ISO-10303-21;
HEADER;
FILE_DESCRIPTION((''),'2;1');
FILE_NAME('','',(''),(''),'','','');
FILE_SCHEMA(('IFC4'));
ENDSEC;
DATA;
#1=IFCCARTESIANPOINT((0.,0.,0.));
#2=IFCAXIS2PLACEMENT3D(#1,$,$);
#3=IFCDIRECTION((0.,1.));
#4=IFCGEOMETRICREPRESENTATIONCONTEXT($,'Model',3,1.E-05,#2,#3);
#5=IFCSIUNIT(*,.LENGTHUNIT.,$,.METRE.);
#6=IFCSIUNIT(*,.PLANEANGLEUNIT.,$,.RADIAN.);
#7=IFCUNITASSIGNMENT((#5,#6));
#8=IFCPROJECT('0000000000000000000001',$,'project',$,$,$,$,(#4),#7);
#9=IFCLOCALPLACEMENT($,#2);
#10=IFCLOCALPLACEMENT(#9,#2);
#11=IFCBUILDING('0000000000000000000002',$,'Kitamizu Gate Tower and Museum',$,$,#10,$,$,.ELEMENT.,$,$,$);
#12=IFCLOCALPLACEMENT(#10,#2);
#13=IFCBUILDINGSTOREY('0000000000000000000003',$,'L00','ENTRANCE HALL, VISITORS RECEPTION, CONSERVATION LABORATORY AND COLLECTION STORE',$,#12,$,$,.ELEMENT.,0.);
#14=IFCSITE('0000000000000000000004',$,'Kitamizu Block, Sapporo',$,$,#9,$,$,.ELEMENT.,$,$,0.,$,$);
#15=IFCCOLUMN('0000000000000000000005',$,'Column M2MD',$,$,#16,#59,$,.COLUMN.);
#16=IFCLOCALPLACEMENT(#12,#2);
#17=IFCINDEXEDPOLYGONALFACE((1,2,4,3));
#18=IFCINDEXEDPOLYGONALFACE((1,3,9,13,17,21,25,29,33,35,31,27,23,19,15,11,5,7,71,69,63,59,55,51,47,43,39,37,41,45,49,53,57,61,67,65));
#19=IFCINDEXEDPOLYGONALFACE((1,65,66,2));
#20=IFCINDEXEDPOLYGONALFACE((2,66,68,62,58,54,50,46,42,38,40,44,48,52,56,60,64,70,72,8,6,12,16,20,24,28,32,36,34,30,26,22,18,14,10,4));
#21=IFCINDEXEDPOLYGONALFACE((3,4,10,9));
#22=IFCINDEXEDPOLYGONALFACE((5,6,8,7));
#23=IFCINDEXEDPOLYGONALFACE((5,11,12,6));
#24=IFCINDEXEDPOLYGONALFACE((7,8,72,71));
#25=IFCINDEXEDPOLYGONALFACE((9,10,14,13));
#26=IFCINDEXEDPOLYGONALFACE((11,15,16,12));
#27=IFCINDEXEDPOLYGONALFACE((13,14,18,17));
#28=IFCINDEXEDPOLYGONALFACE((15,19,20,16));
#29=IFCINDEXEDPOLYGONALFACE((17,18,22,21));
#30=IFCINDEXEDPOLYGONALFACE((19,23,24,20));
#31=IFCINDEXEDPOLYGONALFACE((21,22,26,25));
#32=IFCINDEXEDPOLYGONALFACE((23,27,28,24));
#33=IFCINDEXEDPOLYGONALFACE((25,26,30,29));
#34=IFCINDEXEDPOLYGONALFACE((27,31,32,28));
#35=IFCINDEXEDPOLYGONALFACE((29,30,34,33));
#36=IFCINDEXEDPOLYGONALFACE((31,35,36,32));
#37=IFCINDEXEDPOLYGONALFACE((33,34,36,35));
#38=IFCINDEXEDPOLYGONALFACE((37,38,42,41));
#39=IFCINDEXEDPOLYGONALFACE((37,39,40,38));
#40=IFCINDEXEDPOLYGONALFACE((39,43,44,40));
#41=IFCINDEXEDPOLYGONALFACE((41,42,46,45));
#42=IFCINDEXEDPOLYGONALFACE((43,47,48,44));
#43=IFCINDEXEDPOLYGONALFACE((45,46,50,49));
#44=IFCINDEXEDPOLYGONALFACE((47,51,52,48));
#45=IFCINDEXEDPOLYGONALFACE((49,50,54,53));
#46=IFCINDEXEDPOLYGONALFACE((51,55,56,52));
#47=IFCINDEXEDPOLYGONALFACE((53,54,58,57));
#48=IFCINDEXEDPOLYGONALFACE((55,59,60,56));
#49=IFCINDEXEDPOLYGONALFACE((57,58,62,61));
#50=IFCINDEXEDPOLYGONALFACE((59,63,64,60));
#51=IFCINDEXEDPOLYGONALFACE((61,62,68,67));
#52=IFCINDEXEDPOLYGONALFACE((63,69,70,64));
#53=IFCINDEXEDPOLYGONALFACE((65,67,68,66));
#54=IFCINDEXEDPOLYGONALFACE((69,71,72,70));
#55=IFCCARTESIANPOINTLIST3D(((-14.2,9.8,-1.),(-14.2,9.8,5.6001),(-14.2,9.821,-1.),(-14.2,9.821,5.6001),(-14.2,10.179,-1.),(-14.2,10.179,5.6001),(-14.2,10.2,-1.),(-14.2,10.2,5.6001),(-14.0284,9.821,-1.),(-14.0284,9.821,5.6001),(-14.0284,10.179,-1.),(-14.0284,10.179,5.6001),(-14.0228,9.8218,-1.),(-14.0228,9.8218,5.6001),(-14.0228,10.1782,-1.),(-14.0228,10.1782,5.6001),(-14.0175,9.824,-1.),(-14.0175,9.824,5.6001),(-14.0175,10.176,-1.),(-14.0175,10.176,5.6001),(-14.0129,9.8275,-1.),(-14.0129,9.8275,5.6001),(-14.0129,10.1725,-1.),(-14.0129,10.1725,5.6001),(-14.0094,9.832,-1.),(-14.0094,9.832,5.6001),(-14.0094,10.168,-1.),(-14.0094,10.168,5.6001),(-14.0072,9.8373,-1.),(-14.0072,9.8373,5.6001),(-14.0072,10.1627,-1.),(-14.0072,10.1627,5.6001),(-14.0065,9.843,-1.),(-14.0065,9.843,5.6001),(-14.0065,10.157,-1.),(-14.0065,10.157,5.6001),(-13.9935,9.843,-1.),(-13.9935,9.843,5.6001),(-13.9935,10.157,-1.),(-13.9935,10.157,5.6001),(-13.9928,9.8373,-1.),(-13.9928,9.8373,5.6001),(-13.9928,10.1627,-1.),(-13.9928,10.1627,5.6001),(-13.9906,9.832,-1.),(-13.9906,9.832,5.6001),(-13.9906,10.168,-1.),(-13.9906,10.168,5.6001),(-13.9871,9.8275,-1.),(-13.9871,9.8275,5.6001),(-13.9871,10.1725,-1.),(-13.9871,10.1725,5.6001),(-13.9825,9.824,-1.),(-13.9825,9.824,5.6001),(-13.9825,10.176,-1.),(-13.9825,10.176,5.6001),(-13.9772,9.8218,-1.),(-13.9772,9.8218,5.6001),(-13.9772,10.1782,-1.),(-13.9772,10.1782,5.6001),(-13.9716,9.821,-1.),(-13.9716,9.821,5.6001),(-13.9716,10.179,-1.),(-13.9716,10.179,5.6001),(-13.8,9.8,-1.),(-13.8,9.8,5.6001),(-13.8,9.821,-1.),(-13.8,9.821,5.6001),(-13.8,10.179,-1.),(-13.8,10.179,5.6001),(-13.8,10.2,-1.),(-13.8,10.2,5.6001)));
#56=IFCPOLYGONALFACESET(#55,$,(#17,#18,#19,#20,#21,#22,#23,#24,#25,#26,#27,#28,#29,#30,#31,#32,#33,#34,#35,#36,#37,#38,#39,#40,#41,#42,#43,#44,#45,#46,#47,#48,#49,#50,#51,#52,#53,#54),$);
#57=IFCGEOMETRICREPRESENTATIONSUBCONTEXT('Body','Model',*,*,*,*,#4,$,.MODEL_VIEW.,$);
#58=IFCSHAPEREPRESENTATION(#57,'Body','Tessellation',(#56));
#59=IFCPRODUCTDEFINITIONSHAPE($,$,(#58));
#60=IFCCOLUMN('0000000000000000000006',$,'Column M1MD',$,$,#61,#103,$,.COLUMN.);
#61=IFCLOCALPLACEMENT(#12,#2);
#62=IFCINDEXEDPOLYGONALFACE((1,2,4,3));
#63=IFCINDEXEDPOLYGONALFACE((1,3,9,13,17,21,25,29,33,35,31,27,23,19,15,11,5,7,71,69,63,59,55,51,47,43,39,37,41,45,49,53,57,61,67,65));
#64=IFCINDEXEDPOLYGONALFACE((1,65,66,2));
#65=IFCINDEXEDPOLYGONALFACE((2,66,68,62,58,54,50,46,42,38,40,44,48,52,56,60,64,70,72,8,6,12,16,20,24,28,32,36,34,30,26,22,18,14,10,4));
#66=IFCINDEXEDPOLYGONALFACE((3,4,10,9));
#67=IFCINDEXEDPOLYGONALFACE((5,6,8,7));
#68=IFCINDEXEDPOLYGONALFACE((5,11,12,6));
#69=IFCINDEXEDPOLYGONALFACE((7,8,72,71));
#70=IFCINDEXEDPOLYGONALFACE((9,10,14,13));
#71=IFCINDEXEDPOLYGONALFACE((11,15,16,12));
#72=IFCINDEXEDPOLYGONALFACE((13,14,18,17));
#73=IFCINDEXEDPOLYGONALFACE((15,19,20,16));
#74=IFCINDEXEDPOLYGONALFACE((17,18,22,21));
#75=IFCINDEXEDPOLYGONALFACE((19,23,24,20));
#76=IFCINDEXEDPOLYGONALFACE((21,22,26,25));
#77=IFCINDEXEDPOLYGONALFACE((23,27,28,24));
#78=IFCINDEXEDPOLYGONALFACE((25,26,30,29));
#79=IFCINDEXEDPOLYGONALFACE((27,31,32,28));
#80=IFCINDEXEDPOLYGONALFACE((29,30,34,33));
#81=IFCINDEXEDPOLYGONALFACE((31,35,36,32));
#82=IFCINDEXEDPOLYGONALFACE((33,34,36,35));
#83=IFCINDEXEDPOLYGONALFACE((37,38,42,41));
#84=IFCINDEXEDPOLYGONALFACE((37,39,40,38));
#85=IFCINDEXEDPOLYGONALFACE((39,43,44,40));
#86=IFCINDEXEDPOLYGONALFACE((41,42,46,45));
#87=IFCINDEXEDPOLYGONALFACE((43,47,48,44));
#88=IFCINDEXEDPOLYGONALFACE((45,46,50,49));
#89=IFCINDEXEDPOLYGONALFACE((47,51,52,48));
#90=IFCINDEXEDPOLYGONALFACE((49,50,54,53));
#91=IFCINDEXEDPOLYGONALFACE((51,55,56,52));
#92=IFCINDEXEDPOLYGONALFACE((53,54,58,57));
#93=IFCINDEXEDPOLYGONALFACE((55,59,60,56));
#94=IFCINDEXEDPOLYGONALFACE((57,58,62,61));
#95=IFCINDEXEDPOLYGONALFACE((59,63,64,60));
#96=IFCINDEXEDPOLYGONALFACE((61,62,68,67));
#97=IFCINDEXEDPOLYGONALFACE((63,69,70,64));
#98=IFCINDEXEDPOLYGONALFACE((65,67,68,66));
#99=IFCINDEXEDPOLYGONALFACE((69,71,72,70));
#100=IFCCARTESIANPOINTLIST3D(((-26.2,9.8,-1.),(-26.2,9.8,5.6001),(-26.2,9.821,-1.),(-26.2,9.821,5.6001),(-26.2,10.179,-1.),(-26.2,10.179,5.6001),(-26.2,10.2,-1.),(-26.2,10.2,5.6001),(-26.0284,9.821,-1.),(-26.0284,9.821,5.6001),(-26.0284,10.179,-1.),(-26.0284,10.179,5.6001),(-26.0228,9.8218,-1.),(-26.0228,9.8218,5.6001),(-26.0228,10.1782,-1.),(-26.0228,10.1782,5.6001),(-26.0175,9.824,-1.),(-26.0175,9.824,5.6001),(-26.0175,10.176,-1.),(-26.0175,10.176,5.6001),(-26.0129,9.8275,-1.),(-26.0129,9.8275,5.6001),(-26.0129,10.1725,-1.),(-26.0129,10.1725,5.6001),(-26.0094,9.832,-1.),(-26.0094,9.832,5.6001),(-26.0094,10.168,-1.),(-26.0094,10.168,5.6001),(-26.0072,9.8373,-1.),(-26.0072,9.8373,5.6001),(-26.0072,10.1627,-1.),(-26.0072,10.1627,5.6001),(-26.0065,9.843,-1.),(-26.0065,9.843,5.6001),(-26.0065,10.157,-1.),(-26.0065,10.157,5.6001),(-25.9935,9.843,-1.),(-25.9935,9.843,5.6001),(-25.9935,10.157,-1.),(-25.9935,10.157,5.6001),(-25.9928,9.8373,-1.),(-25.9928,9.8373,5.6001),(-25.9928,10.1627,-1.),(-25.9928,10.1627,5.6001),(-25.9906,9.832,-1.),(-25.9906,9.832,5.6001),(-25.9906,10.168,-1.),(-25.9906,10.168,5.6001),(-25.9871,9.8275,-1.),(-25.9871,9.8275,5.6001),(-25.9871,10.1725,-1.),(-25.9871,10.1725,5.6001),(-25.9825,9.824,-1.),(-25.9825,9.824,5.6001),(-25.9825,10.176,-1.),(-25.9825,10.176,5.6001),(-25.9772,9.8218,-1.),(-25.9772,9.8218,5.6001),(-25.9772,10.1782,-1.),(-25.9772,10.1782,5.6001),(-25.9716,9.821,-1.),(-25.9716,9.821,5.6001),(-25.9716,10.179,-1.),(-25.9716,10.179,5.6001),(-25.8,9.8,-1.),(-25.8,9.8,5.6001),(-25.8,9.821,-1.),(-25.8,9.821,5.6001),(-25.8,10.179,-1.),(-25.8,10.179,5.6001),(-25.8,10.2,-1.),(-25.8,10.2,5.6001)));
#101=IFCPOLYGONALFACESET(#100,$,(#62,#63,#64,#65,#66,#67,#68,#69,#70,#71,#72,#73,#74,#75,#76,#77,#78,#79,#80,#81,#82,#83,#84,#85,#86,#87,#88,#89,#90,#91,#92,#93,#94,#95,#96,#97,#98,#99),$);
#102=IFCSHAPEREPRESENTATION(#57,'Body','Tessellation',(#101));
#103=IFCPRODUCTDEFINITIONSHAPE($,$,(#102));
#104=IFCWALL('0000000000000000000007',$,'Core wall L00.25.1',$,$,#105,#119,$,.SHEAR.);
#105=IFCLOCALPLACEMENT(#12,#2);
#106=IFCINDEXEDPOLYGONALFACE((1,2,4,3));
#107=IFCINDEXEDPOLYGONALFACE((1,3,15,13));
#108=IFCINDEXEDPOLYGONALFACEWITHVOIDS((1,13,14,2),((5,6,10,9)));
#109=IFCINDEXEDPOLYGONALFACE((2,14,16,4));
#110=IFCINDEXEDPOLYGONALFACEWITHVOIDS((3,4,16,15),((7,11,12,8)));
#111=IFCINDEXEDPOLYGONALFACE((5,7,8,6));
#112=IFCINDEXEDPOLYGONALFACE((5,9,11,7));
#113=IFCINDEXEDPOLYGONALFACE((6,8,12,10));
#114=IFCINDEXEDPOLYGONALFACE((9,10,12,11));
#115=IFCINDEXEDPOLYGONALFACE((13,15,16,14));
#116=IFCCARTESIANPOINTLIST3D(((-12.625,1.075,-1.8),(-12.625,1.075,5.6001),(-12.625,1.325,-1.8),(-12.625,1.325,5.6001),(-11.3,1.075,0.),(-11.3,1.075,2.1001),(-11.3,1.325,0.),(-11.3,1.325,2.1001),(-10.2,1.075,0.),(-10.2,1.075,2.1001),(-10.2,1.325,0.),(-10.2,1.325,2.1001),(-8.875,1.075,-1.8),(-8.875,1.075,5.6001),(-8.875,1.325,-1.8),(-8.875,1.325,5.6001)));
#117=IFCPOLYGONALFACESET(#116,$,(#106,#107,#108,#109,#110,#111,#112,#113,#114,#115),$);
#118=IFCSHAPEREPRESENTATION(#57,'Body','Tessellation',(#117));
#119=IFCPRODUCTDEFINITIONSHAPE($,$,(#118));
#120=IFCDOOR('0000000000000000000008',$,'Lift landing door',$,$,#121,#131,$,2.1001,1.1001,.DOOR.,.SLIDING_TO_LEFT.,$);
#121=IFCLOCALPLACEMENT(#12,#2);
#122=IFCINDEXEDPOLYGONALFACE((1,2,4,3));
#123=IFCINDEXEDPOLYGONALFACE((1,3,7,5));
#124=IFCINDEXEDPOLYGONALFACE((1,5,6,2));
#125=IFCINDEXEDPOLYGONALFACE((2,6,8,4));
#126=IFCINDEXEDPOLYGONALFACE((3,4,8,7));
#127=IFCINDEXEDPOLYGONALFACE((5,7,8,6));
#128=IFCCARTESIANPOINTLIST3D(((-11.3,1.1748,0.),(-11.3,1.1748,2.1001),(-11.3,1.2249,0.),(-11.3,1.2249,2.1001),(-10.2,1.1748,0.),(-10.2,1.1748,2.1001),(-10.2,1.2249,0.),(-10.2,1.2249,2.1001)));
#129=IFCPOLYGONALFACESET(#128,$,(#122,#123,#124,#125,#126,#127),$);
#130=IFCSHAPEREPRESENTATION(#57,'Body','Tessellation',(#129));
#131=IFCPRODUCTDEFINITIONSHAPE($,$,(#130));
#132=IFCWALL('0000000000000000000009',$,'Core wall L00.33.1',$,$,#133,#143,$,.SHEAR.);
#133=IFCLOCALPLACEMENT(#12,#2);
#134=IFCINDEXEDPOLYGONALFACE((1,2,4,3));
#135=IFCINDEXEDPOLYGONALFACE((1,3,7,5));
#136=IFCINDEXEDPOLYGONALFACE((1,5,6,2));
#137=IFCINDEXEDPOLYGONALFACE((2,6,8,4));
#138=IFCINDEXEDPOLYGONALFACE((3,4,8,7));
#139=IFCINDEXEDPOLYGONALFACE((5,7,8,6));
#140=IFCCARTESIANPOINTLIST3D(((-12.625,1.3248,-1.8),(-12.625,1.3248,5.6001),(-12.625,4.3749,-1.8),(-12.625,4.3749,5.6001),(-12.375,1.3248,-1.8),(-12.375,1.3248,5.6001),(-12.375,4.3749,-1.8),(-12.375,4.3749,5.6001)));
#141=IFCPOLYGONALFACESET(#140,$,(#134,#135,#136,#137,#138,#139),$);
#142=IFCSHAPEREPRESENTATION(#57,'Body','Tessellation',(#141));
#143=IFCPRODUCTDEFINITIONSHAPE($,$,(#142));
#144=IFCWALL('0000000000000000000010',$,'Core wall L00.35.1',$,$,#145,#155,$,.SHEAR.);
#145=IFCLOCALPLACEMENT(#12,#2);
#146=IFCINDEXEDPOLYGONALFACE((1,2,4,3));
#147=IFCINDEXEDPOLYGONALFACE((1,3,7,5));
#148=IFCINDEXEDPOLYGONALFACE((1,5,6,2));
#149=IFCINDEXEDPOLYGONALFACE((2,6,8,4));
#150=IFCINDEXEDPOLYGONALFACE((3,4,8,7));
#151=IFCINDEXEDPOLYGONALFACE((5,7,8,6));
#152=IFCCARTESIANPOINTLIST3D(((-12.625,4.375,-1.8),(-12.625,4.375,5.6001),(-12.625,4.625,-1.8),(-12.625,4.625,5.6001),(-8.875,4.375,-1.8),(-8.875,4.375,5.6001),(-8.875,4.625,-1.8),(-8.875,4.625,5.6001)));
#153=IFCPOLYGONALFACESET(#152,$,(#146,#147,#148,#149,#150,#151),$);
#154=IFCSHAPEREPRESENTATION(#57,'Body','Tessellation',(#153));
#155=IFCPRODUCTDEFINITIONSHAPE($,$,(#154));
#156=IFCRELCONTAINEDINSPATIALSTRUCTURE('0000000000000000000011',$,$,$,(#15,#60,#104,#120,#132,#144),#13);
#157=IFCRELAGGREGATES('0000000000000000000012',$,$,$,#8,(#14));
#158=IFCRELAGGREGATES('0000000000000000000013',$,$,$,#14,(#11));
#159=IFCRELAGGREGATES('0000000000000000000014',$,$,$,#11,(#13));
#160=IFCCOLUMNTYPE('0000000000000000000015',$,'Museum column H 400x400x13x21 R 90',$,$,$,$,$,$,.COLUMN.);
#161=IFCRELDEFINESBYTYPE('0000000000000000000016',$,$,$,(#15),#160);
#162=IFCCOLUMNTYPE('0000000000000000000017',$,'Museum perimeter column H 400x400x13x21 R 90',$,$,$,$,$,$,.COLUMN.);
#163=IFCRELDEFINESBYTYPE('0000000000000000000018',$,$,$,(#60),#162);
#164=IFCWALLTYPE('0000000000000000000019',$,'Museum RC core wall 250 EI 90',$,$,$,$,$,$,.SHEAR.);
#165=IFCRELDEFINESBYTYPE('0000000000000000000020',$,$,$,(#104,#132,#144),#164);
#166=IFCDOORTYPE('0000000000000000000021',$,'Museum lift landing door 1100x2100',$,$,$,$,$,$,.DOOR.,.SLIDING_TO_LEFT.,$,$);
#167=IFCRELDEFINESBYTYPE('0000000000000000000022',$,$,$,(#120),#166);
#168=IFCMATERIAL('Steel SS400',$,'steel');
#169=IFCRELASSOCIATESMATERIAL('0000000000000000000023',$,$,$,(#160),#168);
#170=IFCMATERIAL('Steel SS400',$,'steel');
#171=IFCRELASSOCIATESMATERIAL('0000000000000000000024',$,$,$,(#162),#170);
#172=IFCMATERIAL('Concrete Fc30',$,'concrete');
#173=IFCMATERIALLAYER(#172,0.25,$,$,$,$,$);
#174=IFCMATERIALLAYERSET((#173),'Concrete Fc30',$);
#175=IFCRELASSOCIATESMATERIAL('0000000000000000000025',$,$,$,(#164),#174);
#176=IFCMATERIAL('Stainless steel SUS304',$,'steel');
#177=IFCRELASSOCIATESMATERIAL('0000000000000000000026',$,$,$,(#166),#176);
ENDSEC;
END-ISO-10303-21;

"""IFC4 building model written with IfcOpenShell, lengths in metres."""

from ifc_helpers import new_model, si_unit, direction, frame, frame_2d, origin, origin_2d, place, context, subcontext, project, spatial, rectangle, i_section, extrude, material, layer, layer_set, material_profile, profile_set, type_object, element, fill, save


model = new_model("IFC4")

# Units and contexts
model_context = context("Model", 3, precision=1e-05, world=origin(), true_north=direction((0.0, 1.0)))
body_context = subcontext(model_context, "Body", "Model", "MODEL_VIEW")
ifc_project = project(units=[si_unit("LENGTHUNIT", "METRE"), si_unit("PLANEANGLEUNIT", "RADIAN")], contexts=[model_context])

# Site, building, storey
site_placement = place(None, origin())
site = spatial("IfcSite", under=ifc_project, at=site_placement, Name="Kitamizu Block, Sapporo", CompositionType="ELEMENT", RefElevation=0.0)
building_placement = place(site_placement, origin())
building = spatial("IfcBuilding", under=site, at=building_placement, Name="Kitamizu Gate Tower and Museum", CompositionType="ELEMENT")
storey_placement = place(building_placement, origin())
storey = spatial("IfcBuildingStorey", under=building, at=storey_placement, Name="L00", Description="ENTRANCE HALL, VISITORS RECEPTION, CONSERVATION LABORATORY AND COLLECTION STORE", CompositionType="ELEMENT", Elevation=0.0)

# Columns
ifc_material_1 = material(Name="Steel SS400", Category="steel")
ifc_material_profile_1 = material_profile(ifc_material_1, i_section(OverallWidth=0.3999, OverallDepth=0.3999, WebThickness=0.0129, FlangeThickness=0.021, FilletRadius=0.022, at=origin_2d()), Name="H-400x400x13x21")
ifc_profile_set_1 = profile_set([ifc_material_profile_1], Name="Steel SS400")
column_type_1 = type_object("IfcColumnType", Name="Museum column H 400x400x13x21 R 90", PredefinedType="COLUMN", material=ifc_profile_set_1)
column_1_placement = place(storey_placement, frame((-14.0, 10.0, -1.0), z_axis=(0.0, 0.0, 1.0), x_axis=(1.0, 0.0, 0.0)))
element("IfcColumn", 1, at=column_1_placement, inside=storey, type_object=column_type_1, Name="Column M2MD", PredefinedType="COLUMN", context=body_context, shape_type="SweptSolid", body=[
    extrude(i_section(OverallWidth=0.3999, OverallDepth=0.3999, WebThickness=0.0129, FlangeThickness=0.021, FilletRadius=0.022, at=origin_2d()), origin(), (0.0, 0.0, 1.0), 6.6001),
])
ifc_material_2 = material(Name="Steel SS400", Category="steel")
ifc_material_profile_2 = material_profile(ifc_material_2, i_section(OverallWidth=0.3999, OverallDepth=0.3999, WebThickness=0.0129, FlangeThickness=0.021, FilletRadius=0.022, at=origin_2d()), Name="H-400x400x13x21")
ifc_profile_set_2 = profile_set([ifc_material_profile_2], Name="Steel SS400")
column_type_2 = type_object("IfcColumnType", Name="Museum perimeter column H 400x400x13x21 R 90", PredefinedType="COLUMN", material=ifc_profile_set_2)
column_2_placement = place(storey_placement, frame((-26.0, 10.0, -1.0), z_axis=(0.0, 0.0, 1.0), x_axis=(1.0, 0.0, 0.0)))
element("IfcColumn", 2, at=column_2_placement, inside=storey, type_object=column_type_2, Name="Column M1MD", PredefinedType="COLUMN", context=body_context, shape_type="SweptSolid", body=[
    extrude(i_section(OverallWidth=0.3999, OverallDepth=0.3999, WebThickness=0.0129, FlangeThickness=0.021, FilletRadius=0.022, at=origin_2d()), origin(), (0.0, 0.0, 1.0), 6.6001),
])

# Wall, opening, door
ifc_material_3 = material(Name="Concrete Fc30", Category="concrete")
ifc_layer_1 = layer(ifc_material_3, 0.25)
ifc_layer_set_1 = layer_set([ifc_layer_1], Name="Concrete Fc30")
wall_type_1 = type_object("IfcWallType", Name="Museum RC core wall 250 EI 90", PredefinedType="SHEAR", material=ifc_layer_set_1)
wall_1_placement = place(storey_placement, frame((-12.625, 1.2, -1.8), z_axis=(0.0, 0.0, 1.0), x_axis=(1.0, 0.0, 0.0)))
wall_1 = element("IfcWall", 3, at=wall_1_placement, inside=storey, type_object=wall_type_1, Name="Core wall L00.25.1", PredefinedType="SHEAR", context=body_context, shape_type="SweptSolid", body=[
    extrude(rectangle(XDim=3.75, YDim=0.25, at=frame_2d((1.875, 0.0))), origin(), (0.0, 0.0, 1.0), 7.4001),
])
opening_1_placement = place(wall_1_placement, frame((1.325, 0.0, 1.8)))
opening_1 = element("IfcOpeningElement", 4, at=opening_1_placement, cuts=wall_1, PredefinedType="OPENING", context=body_context, shape_type="SweptSolid", body=[
    extrude(rectangle(XDim=1.1001, YDim=2.1001, at=frame_2d((0.55, 1.05))), frame((0.0, 0.135, 0.0), z_axis=(0.0, -1.0, 0.0), x_axis=(1.0, 0.0, 0.0)), (0.0, 0.0, 1.0), 0.27),
])
ifc_material_4 = material(Name="Stainless steel SUS304", Category="steel")
door_type_1 = type_object("IfcDoorType", Name="Museum lift landing door 1100x2100", OperationType="SLIDING_TO_LEFT", PredefinedType="DOOR", material=ifc_material_4)
door_1_placement = place(opening_1_placement, origin())
door_1 = element("IfcDoor", 5, at=door_1_placement, inside=storey, type_object=door_type_1, Name="Lift landing door", OperationType="SLIDING_TO_LEFT", OverallHeight=2.1001, OverallWidth=1.1001, PredefinedType="DOOR", context=body_context, shape_type="SweptSolid", body=[
    extrude(rectangle(XDim=1.1001, YDim=2.1001, at=frame_2d((0.55, 1.05))), frame((0.0, 0.0249, 0.0), z_axis=(0.0, -1.0, 0.0), x_axis=(1.0, 0.0, 0.0)), (0.0, 0.0, 1.0), 0.05),
])
fill(opening_1, door_1)

# Walls
wall_2_placement = place(storey_placement, frame((-12.5, 1.325, -1.8), z_axis=(0.0, 0.0, 1.0), x_axis=(0.0, 1.0, 0.0)))
element("IfcWall", 6, at=wall_2_placement, inside=storey, type_object=wall_type_1, Name="Core wall L00.33.1", PredefinedType="SHEAR", context=body_context, shape_type="SweptSolid", body=[
    extrude(rectangle(XDim=3.05, YDim=0.25, at=frame_2d((1.5249, 0.0))), origin(), (0.0, 0.0, 1.0), 7.4001),
])
wall_3_placement = place(storey_placement, frame((-12.625, 4.5, -1.8), z_axis=(0.0, 0.0, 1.0), x_axis=(1.0, 0.0, 0.0)))
element("IfcWall", 7, at=wall_3_placement, inside=storey, type_object=wall_type_1, Name="Core wall L00.35.1", PredefinedType="SHEAR", context=body_context, shape_type="SweptSolid", body=[
    extrude(rectangle(XDim=3.75, YDim=0.25, at=frame_2d((1.875, 0.0))), origin(), (0.0, 0.0, 1.0), 7.4001),
])

save(model, "model.ifc")
